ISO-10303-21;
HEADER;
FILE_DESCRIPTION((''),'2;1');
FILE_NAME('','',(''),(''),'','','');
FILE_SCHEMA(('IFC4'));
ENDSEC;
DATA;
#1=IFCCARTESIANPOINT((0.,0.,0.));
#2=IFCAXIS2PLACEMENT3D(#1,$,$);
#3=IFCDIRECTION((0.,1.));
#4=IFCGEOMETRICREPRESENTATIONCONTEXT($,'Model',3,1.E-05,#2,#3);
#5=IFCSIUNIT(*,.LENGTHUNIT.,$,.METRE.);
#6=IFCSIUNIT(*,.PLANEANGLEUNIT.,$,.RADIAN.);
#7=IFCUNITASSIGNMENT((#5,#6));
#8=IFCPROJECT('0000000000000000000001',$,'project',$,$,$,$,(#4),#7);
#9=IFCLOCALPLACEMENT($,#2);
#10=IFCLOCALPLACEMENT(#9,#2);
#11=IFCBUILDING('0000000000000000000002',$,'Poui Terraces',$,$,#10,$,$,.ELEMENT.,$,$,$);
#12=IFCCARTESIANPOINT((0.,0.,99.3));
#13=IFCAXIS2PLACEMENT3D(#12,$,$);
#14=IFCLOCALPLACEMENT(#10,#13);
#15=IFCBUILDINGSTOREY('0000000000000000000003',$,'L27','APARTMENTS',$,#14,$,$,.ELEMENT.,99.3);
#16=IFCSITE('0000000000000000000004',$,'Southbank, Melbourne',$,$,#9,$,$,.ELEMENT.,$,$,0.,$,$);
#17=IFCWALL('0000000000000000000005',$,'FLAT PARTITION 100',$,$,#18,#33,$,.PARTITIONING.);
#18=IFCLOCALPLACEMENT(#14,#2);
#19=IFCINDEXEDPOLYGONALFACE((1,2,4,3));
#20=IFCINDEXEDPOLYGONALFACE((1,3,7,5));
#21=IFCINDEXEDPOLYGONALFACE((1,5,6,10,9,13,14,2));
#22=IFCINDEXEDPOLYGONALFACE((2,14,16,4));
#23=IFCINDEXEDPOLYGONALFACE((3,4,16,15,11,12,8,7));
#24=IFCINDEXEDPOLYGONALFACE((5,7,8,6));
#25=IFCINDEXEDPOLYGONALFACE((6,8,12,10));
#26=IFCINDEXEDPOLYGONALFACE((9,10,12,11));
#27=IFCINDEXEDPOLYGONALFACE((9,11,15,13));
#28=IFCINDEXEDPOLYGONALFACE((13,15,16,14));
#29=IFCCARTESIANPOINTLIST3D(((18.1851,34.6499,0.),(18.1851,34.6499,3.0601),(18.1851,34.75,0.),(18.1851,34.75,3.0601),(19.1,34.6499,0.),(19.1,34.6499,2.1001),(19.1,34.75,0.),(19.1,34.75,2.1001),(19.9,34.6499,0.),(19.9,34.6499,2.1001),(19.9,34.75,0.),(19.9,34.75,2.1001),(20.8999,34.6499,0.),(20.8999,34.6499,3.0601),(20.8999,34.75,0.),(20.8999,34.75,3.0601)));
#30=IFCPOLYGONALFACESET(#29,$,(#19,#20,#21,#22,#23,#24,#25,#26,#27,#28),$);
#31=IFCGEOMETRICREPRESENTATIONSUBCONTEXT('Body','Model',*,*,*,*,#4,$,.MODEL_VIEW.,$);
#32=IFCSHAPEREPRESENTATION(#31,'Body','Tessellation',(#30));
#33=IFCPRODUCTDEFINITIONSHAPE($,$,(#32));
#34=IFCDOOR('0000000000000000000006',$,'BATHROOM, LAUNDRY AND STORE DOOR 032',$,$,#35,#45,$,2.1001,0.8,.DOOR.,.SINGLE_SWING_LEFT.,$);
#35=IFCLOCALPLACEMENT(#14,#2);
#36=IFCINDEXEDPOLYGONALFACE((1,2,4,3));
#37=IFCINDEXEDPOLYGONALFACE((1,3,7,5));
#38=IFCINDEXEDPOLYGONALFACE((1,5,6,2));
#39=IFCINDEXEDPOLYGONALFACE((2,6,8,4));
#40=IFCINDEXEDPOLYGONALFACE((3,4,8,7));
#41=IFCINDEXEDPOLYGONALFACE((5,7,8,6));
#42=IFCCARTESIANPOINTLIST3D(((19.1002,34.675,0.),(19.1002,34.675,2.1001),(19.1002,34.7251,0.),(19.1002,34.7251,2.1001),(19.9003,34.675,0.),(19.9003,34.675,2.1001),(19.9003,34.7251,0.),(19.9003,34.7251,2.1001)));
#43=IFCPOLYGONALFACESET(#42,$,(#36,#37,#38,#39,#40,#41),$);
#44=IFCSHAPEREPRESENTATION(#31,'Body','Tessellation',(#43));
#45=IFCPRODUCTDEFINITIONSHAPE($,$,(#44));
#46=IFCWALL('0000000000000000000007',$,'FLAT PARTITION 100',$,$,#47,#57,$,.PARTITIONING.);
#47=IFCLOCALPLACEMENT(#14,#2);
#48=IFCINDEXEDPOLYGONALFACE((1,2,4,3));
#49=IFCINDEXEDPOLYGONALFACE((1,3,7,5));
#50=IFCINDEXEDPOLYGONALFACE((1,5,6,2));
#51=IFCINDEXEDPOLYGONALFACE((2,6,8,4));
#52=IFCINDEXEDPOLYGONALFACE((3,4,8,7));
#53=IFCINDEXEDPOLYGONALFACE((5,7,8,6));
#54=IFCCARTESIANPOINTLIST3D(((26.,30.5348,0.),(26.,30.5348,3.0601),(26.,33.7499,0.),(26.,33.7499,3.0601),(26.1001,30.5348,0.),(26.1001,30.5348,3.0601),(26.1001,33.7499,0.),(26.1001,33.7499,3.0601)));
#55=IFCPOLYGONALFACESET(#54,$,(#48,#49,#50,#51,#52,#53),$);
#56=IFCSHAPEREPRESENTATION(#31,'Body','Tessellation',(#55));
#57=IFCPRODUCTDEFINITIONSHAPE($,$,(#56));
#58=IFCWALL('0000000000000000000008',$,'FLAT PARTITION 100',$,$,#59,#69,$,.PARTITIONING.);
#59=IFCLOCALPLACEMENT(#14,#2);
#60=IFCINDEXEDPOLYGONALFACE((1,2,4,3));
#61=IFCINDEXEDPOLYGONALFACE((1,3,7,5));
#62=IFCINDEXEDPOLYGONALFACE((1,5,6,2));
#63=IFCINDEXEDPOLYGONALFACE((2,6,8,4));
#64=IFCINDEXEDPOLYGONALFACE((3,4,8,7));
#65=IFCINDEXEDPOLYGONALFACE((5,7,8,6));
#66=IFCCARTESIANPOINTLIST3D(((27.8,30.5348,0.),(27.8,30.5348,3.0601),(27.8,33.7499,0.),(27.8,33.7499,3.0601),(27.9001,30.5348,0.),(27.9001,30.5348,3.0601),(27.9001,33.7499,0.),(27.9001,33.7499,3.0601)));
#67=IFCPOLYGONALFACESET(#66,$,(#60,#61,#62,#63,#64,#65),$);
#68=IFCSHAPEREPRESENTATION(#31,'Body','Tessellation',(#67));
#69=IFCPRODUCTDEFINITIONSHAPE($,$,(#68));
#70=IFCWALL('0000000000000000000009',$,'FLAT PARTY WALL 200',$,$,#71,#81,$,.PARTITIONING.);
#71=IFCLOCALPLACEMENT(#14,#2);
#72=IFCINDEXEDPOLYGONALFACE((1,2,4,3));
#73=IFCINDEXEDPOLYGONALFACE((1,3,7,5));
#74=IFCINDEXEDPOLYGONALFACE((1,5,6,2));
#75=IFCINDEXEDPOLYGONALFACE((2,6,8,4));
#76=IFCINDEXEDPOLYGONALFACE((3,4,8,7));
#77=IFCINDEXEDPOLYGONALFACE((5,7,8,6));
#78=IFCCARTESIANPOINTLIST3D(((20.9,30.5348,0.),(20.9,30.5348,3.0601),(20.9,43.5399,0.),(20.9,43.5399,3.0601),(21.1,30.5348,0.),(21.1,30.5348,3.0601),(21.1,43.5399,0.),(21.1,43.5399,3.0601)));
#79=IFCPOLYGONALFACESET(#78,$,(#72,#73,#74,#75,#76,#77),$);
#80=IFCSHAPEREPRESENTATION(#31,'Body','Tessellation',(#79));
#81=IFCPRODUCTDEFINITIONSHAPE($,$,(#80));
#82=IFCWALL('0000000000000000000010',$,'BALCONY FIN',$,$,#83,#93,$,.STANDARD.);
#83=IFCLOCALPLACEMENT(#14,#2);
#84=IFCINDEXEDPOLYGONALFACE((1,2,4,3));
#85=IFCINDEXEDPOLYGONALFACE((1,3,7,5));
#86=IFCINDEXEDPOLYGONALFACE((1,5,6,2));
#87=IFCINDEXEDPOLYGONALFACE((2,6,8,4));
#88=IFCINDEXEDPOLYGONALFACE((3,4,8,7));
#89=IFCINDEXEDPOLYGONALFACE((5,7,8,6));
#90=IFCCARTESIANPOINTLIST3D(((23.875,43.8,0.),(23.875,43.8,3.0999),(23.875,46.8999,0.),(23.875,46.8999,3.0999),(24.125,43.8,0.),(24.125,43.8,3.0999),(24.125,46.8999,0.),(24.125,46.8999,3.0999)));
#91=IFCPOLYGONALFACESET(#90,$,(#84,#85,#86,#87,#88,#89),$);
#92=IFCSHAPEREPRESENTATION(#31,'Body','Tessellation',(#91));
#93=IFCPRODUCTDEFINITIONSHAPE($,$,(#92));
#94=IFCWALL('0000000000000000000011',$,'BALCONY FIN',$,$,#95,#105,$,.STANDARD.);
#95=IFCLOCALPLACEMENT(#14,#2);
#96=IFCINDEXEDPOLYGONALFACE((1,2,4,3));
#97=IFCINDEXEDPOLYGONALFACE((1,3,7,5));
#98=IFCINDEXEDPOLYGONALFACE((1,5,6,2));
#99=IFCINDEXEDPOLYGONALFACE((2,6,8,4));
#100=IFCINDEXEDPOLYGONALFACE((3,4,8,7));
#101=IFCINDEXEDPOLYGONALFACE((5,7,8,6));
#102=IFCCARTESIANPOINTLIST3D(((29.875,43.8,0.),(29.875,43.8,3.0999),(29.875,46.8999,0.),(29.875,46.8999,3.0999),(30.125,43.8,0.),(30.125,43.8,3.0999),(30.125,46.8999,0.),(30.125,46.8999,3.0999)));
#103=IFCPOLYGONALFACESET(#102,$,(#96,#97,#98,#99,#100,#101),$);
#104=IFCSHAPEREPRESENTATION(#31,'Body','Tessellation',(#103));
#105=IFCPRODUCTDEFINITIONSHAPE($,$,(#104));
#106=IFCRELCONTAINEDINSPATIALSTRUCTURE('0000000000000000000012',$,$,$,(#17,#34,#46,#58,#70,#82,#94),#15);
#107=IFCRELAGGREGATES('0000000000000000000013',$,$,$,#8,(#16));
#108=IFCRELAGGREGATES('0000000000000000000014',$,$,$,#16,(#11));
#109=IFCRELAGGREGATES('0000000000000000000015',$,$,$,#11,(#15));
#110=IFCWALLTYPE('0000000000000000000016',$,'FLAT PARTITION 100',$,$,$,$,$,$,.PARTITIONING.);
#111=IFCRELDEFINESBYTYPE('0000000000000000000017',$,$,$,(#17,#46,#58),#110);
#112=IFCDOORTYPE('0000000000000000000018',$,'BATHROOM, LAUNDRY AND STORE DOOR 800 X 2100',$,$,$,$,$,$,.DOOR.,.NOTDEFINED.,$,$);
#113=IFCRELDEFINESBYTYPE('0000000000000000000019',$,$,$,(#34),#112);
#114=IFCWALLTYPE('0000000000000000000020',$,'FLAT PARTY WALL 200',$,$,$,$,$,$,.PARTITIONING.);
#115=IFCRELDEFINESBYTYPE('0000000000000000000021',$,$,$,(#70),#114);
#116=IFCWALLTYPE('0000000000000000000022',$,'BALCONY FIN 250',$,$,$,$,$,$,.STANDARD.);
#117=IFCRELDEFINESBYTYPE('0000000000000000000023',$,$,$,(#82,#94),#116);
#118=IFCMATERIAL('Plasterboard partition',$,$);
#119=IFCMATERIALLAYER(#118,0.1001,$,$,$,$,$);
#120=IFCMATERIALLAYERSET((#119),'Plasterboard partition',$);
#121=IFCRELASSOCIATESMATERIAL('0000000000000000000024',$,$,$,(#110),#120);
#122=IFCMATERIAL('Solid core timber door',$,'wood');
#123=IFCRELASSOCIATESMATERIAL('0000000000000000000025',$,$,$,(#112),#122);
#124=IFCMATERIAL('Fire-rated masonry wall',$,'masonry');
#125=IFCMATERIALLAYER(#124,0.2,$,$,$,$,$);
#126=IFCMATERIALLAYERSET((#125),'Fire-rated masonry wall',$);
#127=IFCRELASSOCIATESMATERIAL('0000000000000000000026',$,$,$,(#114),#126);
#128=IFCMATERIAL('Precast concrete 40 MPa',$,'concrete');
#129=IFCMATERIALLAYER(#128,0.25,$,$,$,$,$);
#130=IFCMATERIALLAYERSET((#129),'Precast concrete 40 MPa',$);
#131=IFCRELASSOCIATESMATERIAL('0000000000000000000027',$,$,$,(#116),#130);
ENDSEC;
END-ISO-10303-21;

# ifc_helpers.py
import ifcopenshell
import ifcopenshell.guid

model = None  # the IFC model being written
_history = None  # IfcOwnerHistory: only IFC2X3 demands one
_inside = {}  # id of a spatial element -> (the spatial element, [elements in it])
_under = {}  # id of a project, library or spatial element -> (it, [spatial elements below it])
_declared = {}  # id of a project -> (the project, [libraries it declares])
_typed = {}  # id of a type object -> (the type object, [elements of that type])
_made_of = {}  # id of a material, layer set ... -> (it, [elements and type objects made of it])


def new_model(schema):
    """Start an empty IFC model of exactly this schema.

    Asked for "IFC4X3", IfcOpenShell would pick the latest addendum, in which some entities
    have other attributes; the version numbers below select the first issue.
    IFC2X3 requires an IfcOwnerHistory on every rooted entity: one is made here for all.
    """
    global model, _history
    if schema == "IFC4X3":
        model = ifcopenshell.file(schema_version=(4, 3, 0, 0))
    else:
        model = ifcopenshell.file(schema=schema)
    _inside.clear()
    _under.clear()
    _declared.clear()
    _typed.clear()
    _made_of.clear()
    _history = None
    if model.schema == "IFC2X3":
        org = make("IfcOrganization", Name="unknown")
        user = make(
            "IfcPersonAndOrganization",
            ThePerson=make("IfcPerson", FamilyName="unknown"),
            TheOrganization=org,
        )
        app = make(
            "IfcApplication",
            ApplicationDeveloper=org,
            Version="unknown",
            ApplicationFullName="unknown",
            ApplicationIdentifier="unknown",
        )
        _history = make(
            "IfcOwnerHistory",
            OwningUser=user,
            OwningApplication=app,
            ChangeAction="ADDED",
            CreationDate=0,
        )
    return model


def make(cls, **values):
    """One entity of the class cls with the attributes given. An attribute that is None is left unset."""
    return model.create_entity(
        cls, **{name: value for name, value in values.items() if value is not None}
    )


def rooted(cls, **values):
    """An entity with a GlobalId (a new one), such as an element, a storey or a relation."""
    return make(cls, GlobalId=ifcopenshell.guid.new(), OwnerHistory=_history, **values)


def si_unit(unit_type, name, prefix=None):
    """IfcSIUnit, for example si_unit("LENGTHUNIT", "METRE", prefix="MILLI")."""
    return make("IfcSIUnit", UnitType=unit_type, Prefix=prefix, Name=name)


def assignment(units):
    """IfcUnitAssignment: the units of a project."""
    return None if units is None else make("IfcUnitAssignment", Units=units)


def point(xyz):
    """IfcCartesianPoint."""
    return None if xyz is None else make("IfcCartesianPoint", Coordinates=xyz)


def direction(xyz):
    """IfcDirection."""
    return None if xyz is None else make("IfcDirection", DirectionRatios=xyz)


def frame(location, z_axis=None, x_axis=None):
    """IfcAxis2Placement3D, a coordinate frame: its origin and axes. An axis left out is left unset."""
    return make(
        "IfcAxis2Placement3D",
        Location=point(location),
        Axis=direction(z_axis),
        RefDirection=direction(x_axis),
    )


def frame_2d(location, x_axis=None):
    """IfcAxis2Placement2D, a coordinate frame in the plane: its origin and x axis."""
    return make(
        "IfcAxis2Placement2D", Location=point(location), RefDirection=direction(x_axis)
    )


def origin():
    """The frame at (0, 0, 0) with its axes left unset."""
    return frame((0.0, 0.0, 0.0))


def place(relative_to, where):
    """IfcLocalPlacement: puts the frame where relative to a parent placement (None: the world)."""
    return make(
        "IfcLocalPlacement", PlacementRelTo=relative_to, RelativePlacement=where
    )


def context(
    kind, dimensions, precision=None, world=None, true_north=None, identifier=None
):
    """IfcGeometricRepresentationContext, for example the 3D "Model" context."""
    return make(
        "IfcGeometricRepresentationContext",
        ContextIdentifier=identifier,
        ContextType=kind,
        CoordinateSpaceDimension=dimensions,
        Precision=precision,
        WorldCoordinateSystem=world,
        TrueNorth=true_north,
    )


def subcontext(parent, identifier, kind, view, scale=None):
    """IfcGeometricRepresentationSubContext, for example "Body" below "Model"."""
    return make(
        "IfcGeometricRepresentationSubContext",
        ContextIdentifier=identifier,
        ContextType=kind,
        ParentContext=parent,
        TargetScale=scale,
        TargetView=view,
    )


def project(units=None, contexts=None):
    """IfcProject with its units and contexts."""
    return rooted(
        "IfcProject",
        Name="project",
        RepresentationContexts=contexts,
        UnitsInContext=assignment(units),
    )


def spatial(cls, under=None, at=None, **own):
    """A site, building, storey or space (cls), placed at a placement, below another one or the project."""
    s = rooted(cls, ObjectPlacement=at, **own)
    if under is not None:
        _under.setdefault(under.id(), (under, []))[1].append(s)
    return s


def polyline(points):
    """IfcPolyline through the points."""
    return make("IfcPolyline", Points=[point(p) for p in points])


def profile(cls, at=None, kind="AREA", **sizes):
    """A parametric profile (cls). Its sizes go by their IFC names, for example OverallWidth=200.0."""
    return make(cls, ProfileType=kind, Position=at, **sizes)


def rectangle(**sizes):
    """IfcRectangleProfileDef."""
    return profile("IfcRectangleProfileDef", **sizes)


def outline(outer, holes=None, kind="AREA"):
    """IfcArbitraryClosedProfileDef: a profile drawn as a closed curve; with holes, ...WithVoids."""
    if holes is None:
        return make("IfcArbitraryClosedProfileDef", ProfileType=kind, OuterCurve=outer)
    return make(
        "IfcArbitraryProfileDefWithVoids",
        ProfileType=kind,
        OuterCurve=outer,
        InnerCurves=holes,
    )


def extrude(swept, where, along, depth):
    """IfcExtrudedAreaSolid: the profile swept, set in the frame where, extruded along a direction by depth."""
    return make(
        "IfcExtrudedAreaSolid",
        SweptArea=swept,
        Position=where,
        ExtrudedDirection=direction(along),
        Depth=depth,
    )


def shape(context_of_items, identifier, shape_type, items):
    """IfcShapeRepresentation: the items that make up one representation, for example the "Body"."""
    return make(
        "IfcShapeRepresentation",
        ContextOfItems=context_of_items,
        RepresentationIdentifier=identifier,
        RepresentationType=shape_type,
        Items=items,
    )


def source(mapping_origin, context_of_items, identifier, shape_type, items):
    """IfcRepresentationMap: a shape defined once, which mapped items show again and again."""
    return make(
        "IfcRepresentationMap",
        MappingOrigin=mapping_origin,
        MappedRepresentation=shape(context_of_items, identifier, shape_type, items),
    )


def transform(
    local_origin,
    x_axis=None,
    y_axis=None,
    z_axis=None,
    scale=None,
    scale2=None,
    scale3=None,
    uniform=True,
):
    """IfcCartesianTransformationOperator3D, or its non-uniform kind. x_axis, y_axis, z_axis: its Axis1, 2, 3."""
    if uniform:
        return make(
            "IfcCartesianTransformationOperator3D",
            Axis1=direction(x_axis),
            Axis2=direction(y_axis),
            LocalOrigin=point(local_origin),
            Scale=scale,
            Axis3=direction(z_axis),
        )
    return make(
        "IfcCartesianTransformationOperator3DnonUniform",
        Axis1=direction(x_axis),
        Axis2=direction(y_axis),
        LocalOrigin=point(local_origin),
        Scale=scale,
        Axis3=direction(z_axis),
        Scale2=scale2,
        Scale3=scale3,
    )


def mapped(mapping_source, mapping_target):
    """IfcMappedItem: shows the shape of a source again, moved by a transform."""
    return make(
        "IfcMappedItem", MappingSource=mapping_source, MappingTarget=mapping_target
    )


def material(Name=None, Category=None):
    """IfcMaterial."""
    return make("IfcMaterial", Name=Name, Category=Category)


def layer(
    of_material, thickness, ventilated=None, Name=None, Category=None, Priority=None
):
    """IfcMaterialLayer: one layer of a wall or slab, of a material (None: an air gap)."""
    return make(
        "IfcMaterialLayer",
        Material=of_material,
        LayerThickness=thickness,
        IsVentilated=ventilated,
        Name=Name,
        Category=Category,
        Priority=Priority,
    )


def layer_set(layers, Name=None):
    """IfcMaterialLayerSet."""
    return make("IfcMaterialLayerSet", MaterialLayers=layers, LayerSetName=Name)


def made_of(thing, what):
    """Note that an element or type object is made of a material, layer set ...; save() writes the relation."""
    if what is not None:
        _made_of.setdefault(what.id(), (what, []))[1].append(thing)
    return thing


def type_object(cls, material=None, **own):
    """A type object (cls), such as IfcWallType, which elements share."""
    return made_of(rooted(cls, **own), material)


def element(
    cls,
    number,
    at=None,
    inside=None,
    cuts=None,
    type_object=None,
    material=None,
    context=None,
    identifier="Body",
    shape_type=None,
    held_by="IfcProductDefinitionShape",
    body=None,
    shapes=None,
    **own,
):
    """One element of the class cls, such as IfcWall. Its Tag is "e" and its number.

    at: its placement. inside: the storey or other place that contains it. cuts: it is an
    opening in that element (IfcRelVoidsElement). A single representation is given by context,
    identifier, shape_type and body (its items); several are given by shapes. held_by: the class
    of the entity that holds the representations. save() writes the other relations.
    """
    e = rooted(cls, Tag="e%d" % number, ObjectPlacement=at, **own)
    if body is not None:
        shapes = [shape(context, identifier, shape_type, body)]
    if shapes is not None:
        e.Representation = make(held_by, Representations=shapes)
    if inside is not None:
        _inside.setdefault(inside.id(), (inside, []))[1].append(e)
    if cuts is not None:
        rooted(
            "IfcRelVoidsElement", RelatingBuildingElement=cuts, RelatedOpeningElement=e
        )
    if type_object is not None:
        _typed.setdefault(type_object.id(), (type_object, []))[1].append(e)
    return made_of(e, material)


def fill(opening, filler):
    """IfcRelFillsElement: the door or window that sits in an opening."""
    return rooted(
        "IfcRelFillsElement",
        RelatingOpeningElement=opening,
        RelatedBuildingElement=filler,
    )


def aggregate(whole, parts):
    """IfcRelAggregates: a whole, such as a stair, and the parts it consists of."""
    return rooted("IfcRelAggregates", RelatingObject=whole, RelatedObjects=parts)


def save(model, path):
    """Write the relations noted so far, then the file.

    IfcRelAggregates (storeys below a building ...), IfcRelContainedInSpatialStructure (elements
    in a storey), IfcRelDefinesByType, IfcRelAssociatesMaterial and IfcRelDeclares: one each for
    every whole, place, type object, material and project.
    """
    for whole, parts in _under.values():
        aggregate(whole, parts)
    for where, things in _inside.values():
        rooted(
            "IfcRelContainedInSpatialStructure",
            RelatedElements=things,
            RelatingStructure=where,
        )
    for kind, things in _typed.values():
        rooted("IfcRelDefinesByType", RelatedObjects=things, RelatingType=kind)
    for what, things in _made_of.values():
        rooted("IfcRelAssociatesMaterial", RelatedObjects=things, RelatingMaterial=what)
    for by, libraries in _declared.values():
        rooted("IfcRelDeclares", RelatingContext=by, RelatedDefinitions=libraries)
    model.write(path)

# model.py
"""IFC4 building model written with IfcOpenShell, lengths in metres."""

from ifc_helpers import new_model, si_unit, direction, frame, frame_2d, origin, place, context, subcontext, project, spatial, polyline, rectangle, outline, extrude, source, transform, mapped, material, layer, layer_set, type_object, element, fill, save


model = new_model("IFC4")

# Units and contexts
model_context = context("Model", 3, precision=1e-05, world=origin(), true_north=direction((0.0, 1.0)))
body_context = subcontext(model_context, "Body", "Model", "MODEL_VIEW")
ifc_project = project(units=[si_unit("LENGTHUNIT", "METRE"), si_unit("PLANEANGLEUNIT", "RADIAN")], contexts=[model_context])

# Site, building, storey
site_placement = place(None, origin())
site = spatial("IfcSite", under=ifc_project, at=site_placement, Name="Southbank, Melbourne", CompositionType="ELEMENT", RefElevation=0.0)
building_placement = place(site_placement, origin())
building = spatial("IfcBuilding", under=site, at=building_placement, Name="Poui Terraces", CompositionType="ELEMENT")
storey_placement = place(building_placement, frame((0.0, 0.0, 99.3)))
storey = spatial("IfcBuildingStorey", under=building, at=storey_placement, Name="L27", Description="APARTMENTS", CompositionType="ELEMENT", Elevation=99.3)

# Wall, opening, door
ifc_material_1 = material(Name="Solid core timber door", Category="wood")
ifc_material_2 = material(Name="Plasterboard partition")
ifc_layer_1 = layer(ifc_material_2, 0.1001)
ifc_layer_set_1 = layer_set([ifc_layer_1], Name="Plasterboard partition")
wall_type_1 = type_object("IfcWallType", Name="FLAT PARTITION 100", PredefinedType="PARTITIONING", material=ifc_layer_set_1)
door_type_1 = type_object("IfcDoorType", Name="BATHROOM, LAUNDRY AND STORE DOOR 800 X 2100", OperationType="NOTDEFINED", PredefinedType="DOOR", material=ifc_material_1)
wall_1_placement = place(storey_placement, frame((18.1851, 34.7, 0.0), z_axis=(0.0, 0.0, 1.0), x_axis=(1.0, 0.0, 0.0)))
wall_1 = element("IfcWall", 1, at=wall_1_placement, inside=storey, type_object=wall_type_1, Name="FLAT PARTITION 100", PredefinedType="PARTITIONING", context=body_context, shape_type="SweptSolid", body=[
    extrude(rectangle(XDim=2.7148, YDim=0.1001, at=frame_2d((1.3574, 0.0))), origin(), (0.0, 0.0, 1.0), 3.0601),
])
opening_1_placement = place(wall_1_placement, frame((0.915, 0.0, 0.0)))
opening_1 = element("IfcOpeningElement", 2, at=opening_1_placement, cuts=wall_1, PredefinedType="OPENING", context=body_context, shape_type="SweptSolid", body=[
    extrude(rectangle(XDim=0.8, YDim=2.1001, at=frame_2d((0.3999, 1.05))), frame((0.0, 0.0601, 0.0), z_axis=(0.0, -1.0, 0.0), x_axis=(1.0, 0.0, 0.0)), (0.0, 0.0, 1.0), 0.1201),
])
door_1_placement = place(opening_1_placement, frame((0.8, 0.0, 0.0), z_axis=(0.0, 0.0, 1.0), x_axis=(-1.0, 0.0, 0.0)))
door_1 = element("IfcDoor", 3, at=door_1_placement, inside=storey, type_object=door_type_1, Name="BATHROOM, LAUNDRY AND STORE DOOR 032", OperationType="SINGLE_SWING_LEFT", OverallHeight=2.1001, OverallWidth=0.8, PredefinedType="DOOR", context=body_context, shape_type="SweptSolid", body=[
    extrude(rectangle(XDim=0.8, YDim=2.1001, at=frame_2d((0.3999, 1.05))), frame((0.0, 0.0249, 0.0), z_axis=(0.0, -1.0, 0.0), x_axis=(1.0, 0.0, 0.0)), (0.0, 0.0, 1.0), 0.05),
])
fill(opening_1, door_1)

# Walls
for number, where, z_axis, x_axis, name in (
    (4, (26.05, 30.5349, 0.0), (0.0, 0.0, 1.0), (0.0, 1.0, 0.0), "FLAT PARTITION 100"),
    (5, (27.8501, 30.5349, 0.0), (0.0, 0.0, 1.0), (0.0, 1.0, 0.0), "FLAT PARTITION 100"),
):
    element("IfcWall", number, at=place(storey_placement, frame(where, z_axis=z_axis, x_axis=x_axis)), inside=storey, type_object=wall_type_1, Name=name, PredefinedType="PARTITIONING", context=body_context, shape_type="SweptSolid", body=[
        extrude(rectangle(XDim=3.2151, YDim=0.1001, at=frame_2d((1.6074, 0.0))), origin(), (0.0, 0.0, 1.0), 3.0601),
    ])
ifc_material_3 = material(Name="Fire-rated masonry wall", Category="masonry")
ifc_layer_2 = layer(ifc_material_3, 0.2)
ifc_layer_set_2 = layer_set([ifc_layer_2], Name="Fire-rated masonry wall")
wall_type_2 = type_object("IfcWallType", Name="FLAT PARTY WALL 200", PredefinedType="PARTITIONING", material=ifc_layer_set_2)
wall_2_placement = place(storey_placement, frame((21.0, 30.5349, 0.0), z_axis=(0.0, 0.0, 1.0), x_axis=(0.0, 1.0, 0.0)))
element("IfcWall", 6, at=wall_2_placement, inside=storey, type_object=wall_type_2, Name="FLAT PARTY WALL 200", PredefinedType="PARTITIONING", context=body_context, shape_type="SweptSolid", body=[
    extrude(rectangle(XDim=13.0051, YDim=0.2, at=frame_2d((6.5024, 0.0))), origin(), (0.0, 0.0, 1.0), 3.0601),
])
ifc_material_4 = material(Name="Precast concrete 40 MPa", Category="concrete")
ifc_layer_3 = layer(ifc_material_4, 0.25)
ifc_layer_set_3 = layer_set([ifc_layer_3], Name="Precast concrete 40 MPa")
wall_type_3 = type_object("IfcWallType", Name="BALCONY FIN 250", PredefinedType="STANDARD", material=ifc_layer_set_3)
shared_shape_1 = source(origin(), body_context, "Body", "SweptSolid", [
    extrude(outline(polyline([(0.0, 0.0), (0.25, 0.0), (0.25, 3.0999), (0.0, 3.0999), (0.0, 0.0)])), origin(), (0.0, 0.0, 1.0), 3.0999),
])
for number, where, name in (
    (7, (23.875, 43.8, 0.0), "BALCONY FIN"),
    (8, (29.875, 43.8, 0.0), "BALCONY FIN"),
):
    element("IfcWall", number, at=place(storey_placement, frame(where)), inside=storey, type_object=wall_type_3, Name=name, PredefinedType="STANDARD", context=body_context, shape_type="MappedRepresentation", body=[
        mapped(shared_shape_1, transform((0.0, 0.0, 0.0))),
    ])

save(model, "model.ifc")
